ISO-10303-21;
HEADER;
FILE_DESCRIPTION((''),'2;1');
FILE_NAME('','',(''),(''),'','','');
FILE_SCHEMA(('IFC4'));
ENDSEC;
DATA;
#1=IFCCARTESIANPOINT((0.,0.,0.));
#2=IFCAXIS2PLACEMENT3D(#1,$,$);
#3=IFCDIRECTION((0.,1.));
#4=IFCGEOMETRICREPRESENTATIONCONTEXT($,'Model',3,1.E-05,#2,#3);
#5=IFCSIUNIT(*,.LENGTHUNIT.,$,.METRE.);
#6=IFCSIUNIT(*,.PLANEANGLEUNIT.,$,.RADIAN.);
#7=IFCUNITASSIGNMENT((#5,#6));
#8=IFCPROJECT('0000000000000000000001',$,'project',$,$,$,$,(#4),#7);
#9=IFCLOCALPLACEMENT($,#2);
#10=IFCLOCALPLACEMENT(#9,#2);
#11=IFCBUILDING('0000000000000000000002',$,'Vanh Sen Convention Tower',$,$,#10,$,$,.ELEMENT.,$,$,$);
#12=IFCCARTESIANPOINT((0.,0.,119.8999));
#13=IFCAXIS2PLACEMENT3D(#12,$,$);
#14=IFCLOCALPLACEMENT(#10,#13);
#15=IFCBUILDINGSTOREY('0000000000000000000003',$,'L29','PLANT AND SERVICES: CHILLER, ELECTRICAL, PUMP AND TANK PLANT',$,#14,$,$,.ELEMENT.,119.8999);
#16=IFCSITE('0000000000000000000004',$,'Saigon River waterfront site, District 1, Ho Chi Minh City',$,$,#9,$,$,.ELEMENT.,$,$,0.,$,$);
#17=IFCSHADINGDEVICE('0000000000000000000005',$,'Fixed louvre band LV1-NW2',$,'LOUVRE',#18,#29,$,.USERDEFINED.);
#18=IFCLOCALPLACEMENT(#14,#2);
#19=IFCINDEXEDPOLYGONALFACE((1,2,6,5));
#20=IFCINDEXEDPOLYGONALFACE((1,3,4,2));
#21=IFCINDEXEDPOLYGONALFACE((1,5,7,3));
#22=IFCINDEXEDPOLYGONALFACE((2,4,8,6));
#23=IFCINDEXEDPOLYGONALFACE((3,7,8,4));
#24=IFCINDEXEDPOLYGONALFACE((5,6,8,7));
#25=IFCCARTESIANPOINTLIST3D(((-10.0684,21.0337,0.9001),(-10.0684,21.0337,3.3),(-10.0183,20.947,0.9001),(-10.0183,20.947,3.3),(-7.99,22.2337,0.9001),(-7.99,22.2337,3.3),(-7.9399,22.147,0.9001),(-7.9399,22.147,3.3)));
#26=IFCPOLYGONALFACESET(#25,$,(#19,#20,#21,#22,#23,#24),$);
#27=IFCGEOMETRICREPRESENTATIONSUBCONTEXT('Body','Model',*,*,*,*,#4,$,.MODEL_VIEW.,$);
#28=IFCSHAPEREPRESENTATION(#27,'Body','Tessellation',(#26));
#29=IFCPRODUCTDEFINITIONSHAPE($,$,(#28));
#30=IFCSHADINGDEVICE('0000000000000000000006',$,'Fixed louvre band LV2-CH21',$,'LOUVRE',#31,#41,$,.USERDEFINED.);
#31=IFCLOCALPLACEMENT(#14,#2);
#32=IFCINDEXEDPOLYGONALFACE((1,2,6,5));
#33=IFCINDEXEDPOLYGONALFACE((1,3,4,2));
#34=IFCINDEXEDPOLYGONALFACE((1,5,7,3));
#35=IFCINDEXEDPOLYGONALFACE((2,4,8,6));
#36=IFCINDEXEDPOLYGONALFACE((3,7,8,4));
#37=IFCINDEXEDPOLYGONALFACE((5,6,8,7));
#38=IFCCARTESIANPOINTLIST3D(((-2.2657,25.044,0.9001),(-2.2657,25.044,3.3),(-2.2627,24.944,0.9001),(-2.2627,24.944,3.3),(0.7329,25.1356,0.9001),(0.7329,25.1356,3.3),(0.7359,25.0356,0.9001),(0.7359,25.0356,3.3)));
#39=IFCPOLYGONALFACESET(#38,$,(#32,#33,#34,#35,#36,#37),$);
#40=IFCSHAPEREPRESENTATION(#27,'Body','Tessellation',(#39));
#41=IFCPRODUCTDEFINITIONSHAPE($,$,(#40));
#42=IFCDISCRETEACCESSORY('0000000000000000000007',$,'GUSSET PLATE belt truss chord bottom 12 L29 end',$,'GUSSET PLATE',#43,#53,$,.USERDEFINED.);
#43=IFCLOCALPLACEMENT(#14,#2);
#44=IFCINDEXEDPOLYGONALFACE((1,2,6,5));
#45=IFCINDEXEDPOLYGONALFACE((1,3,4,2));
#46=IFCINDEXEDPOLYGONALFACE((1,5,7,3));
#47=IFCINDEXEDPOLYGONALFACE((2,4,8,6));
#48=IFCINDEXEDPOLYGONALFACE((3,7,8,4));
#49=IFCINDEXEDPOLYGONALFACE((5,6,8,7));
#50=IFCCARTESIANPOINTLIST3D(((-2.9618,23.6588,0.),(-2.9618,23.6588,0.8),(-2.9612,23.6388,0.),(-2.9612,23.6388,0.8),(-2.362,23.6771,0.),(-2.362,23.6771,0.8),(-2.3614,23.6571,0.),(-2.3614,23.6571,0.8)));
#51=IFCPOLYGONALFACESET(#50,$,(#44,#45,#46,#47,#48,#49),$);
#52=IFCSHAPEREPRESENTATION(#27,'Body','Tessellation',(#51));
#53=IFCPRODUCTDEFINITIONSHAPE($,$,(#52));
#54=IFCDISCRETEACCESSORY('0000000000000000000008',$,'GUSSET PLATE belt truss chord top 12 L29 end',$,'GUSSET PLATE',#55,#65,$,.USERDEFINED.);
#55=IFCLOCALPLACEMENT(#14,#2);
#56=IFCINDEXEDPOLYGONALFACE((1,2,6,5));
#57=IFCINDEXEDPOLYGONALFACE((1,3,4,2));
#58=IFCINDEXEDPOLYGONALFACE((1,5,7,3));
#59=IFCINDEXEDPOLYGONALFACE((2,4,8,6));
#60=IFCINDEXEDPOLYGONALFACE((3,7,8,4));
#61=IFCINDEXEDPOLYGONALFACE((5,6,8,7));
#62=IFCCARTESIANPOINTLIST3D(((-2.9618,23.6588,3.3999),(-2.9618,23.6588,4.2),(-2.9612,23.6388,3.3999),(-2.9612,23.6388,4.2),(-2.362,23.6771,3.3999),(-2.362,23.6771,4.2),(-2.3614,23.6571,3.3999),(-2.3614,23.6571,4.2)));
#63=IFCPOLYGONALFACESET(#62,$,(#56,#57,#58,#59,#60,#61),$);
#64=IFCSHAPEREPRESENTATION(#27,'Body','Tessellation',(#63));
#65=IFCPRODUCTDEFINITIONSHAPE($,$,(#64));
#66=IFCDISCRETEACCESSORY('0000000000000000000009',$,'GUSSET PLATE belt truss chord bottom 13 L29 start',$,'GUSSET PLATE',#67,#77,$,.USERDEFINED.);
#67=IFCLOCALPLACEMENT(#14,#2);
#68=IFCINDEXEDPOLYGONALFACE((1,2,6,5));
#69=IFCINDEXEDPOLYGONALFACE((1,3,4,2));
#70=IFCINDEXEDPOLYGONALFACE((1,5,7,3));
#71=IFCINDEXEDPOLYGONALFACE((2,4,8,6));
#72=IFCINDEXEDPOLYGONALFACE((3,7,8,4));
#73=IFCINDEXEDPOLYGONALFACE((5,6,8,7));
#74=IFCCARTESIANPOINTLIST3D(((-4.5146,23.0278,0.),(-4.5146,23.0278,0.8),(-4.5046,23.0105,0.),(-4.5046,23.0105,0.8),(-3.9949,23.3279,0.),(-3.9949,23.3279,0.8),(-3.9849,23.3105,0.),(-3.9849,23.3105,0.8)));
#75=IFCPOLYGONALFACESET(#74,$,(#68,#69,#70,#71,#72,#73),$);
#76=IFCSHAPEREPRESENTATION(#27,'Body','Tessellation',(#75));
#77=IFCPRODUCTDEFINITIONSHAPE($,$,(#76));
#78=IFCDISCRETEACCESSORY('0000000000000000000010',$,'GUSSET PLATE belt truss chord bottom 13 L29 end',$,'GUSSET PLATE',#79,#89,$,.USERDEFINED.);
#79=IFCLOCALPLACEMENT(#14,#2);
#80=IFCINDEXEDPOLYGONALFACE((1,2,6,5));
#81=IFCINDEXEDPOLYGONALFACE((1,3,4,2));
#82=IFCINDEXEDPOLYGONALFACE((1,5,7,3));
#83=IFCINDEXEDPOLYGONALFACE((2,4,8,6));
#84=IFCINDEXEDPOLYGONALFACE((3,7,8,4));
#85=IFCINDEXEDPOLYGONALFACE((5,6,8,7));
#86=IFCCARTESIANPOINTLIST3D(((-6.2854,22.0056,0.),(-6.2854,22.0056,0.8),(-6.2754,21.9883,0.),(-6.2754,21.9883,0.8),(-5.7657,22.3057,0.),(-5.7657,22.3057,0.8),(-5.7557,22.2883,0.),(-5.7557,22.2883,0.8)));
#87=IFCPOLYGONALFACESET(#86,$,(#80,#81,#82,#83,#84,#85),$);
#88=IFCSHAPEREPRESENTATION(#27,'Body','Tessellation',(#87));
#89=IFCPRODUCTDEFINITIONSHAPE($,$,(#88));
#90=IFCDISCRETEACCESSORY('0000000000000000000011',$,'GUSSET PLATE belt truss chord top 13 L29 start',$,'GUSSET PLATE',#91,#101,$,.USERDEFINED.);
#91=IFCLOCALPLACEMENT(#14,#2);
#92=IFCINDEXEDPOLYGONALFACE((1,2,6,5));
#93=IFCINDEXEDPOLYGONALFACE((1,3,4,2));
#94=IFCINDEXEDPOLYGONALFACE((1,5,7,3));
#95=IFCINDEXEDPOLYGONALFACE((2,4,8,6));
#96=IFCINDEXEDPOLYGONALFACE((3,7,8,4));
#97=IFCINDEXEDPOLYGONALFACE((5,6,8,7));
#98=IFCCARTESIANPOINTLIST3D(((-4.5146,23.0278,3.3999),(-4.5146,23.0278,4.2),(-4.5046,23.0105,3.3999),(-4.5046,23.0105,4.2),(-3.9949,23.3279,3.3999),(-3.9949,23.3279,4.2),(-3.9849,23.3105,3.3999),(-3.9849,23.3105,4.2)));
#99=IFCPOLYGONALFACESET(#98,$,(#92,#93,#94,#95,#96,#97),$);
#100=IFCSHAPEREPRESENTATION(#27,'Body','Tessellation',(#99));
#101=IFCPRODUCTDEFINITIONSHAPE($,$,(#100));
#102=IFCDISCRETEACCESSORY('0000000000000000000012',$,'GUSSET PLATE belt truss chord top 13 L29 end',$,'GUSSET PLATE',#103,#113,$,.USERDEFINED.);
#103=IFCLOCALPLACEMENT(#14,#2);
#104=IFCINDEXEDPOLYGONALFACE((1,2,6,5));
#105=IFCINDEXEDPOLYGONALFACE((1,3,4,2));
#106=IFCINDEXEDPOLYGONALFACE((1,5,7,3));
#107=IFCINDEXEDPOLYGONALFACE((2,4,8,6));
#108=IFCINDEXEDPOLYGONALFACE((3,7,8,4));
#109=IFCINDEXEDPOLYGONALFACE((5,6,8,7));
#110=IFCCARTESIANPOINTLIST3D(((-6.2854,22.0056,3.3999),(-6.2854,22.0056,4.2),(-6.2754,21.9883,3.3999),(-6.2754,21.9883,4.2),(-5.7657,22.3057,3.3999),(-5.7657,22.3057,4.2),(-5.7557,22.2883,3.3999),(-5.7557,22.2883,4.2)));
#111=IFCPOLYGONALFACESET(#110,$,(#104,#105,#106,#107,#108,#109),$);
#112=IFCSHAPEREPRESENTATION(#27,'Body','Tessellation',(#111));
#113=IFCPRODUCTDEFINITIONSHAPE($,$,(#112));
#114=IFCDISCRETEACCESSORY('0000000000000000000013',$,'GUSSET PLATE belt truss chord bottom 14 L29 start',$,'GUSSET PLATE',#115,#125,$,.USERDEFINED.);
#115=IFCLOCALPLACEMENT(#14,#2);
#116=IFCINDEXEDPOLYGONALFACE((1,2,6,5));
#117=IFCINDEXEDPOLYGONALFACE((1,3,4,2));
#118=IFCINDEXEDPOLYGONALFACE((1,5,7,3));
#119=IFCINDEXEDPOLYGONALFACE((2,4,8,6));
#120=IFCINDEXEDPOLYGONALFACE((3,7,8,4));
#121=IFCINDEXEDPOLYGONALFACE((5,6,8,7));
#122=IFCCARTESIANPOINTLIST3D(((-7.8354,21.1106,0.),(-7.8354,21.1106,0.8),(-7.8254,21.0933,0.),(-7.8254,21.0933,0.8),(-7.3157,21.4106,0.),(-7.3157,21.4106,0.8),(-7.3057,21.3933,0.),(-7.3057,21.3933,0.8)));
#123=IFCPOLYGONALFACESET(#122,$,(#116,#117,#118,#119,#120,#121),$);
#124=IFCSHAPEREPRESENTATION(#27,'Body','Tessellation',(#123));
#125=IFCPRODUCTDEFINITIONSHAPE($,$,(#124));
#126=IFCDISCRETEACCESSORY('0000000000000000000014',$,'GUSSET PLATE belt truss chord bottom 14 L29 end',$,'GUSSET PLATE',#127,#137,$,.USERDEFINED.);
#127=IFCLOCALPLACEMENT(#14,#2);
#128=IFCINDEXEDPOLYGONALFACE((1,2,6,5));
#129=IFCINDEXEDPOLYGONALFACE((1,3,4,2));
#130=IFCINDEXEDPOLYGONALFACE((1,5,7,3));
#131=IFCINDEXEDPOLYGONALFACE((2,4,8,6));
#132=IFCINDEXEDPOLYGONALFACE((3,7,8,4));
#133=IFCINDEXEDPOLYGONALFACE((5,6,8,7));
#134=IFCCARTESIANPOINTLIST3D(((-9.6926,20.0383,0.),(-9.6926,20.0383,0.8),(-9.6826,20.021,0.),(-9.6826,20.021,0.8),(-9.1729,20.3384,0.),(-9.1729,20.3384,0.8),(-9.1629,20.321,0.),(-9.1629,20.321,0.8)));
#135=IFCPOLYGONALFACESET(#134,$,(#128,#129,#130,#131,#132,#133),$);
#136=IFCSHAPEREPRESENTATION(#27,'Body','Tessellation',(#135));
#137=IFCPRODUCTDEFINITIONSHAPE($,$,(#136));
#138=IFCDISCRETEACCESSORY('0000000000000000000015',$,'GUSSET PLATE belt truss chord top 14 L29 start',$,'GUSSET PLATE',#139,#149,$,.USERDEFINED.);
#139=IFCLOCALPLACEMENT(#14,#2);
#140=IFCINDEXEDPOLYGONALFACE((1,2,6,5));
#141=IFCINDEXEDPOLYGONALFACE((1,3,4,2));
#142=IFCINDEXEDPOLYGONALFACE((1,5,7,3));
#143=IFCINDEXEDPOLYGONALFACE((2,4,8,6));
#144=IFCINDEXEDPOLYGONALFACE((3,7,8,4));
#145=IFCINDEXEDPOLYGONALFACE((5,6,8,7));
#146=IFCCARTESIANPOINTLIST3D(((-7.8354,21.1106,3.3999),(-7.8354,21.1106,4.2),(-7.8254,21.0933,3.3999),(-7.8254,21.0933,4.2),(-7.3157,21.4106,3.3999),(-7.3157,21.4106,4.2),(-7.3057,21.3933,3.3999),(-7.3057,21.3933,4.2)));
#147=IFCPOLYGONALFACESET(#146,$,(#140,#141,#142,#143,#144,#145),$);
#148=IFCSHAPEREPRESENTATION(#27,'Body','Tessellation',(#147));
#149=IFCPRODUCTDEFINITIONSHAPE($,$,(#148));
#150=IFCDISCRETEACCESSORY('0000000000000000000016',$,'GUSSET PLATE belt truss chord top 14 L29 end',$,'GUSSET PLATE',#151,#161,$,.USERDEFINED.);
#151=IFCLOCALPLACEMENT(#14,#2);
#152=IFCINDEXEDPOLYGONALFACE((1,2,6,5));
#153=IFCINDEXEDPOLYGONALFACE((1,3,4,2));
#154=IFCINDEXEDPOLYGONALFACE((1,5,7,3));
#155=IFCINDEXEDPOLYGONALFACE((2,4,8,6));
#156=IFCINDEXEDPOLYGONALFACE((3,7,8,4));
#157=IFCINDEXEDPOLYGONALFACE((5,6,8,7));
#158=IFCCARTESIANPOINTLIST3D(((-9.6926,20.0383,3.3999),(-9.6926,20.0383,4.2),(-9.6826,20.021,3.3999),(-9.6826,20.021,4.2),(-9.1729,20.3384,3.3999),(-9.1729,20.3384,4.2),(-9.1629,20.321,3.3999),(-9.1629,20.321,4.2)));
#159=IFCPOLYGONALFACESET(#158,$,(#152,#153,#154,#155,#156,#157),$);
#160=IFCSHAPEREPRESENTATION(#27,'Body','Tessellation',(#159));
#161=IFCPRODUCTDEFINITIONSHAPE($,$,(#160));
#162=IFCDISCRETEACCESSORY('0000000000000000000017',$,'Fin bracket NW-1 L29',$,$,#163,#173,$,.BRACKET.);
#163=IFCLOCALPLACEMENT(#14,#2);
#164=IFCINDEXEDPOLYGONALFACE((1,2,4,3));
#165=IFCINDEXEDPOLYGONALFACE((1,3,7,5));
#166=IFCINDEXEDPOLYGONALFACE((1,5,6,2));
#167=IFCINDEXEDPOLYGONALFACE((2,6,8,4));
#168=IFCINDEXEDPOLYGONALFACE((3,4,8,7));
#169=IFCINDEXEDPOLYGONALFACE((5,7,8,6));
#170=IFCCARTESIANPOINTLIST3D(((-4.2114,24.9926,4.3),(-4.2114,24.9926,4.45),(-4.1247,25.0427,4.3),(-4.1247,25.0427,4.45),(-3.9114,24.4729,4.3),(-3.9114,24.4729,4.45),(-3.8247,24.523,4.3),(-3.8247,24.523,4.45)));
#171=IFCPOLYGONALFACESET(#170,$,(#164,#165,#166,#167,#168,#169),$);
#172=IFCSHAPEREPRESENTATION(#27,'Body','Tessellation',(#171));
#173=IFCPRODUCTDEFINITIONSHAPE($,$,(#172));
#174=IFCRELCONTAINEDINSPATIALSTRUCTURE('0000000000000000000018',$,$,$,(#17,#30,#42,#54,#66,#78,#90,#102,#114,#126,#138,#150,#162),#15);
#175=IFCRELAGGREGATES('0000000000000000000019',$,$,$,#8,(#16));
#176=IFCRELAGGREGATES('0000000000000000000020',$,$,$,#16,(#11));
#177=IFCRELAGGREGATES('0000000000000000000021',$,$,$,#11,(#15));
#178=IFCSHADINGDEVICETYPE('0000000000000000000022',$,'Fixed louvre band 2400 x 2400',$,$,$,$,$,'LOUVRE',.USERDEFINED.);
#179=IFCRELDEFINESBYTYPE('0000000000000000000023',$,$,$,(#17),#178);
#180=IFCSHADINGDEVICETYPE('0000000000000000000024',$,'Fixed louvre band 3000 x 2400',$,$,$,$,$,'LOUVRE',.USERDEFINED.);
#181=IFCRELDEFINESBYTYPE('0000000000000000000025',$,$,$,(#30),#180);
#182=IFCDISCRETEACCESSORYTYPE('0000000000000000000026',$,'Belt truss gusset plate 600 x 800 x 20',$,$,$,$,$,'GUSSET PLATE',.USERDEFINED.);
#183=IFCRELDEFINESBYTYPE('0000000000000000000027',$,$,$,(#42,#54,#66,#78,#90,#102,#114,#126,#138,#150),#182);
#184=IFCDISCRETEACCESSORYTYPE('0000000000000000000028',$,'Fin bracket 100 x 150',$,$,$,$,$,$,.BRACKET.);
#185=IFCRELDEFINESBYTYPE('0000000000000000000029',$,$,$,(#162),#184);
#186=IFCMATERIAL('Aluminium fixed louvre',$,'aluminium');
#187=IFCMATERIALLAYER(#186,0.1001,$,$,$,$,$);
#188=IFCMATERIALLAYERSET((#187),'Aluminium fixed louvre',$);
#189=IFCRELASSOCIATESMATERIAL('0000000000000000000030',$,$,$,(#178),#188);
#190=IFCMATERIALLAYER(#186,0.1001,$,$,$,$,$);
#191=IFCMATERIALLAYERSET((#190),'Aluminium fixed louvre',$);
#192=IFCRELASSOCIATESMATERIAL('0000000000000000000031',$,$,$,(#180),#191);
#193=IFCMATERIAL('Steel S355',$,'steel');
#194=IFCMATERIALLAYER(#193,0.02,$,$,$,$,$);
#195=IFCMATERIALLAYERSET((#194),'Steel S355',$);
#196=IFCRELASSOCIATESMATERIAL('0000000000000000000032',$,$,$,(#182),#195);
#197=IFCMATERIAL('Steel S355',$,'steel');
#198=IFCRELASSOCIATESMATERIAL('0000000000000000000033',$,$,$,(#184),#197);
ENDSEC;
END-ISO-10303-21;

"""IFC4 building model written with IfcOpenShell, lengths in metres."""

from ifc_helpers import new_model, si_unit, direction, frame, origin, origin_2d, place, context, subcontext, project, spatial, rectangle, extrude, material, layer, layer_set, type_object, element, save


model = new_model("IFC4")

# Units and contexts
model_context = context("Model", 3, precision=1e-05, world=origin(), true_north=direction((0.0, 1.0)))
body_context = subcontext(model_context, "Body", "Model", "MODEL_VIEW")
ifc_project = project(units=[si_unit("LENGTHUNIT", "METRE"), si_unit("PLANEANGLEUNIT", "RADIAN")], contexts=[model_context])

# Site, building, storey
site_placement = place(None, origin())
site = spatial("IfcSite", under=ifc_project, at=site_placement, Name="Saigon River waterfront site, District 1, Ho Chi Minh City", CompositionType="ELEMENT", RefElevation=0.0)
building_placement = place(site_placement, origin())
building = spatial("IfcBuilding", under=site, at=building_placement, Name="Vanh Sen Convention Tower", CompositionType="ELEMENT")
storey_placement = place(building_placement, frame((0.0, 0.0, 119.8999)))
storey = spatial("IfcBuildingStorey", under=building, at=storey_placement, Name="L29", Description="PLANT AND SERVICES: CHILLER, ELECTRICAL, PUMP AND TANK PLANT", CompositionType="ELEMENT", Elevation=119.8999)

# Shared definitions
ifc_material_1 = material(Name="Steel S355", Category="steel")

# Shading devices
ifc_material_2 = material(Name="Aluminium fixed louvre", Category="aluminium")
ifc_layer_1 = layer(ifc_material_2, 0.1001)
ifc_layer_set_1 = layer_set([ifc_layer_1], Name="Aluminium fixed louvre")
shading_device_type_1 = type_object("IfcShadingDeviceType", Name="Fixed louvre band 2400 x 2400", ElementType="LOUVRE", PredefinedType="USERDEFINED", material=ifc_layer_set_1)
for number, where, z_axis, x_axis, name in (
    (1, (-9.0042, 21.5903, 0.9001), (0.0, 0.0, 1.0), (-0.866025, -0.500002, 0.0), "Fixed louvre band LV1-NW2"),
):
    element("IfcShadingDevice", number, at=place(storey_placement, frame(where, z_axis=z_axis, x_axis=x_axis)), inside=storey, type_object=shading_device_type_1, Name=name, ObjectType="LOUVRE", PredefinedType="USERDEFINED", context=body_context, shape_type="SweptSolid", body=[
        extrude(rectangle(XDim=2.3999, YDim=0.1001, at=origin_2d()), origin(), (0.0, 0.0, 1.0), 2.3999),
    ])
ifc_layer_2 = layer(ifc_material_2, 0.1001)
ifc_layer_set_2 = layer_set([ifc_layer_2], Name="Aluminium fixed louvre")
shading_device_type_2 = type_object("IfcShadingDeviceType", Name="Fixed louvre band 3000 x 2400", ElementType="LOUVRE", PredefinedType="USERDEFINED", material=ifc_layer_set_2)
shading_device_placement = place(storey_placement, frame((-0.7649, 25.0398, 0.9001), z_axis=(0.0, 0.0, 1.0), x_axis=(-0.999533, -0.030545, 0.0)))
element("IfcShadingDevice", 2, at=shading_device_placement, inside=storey, type_object=shading_device_type_2, Name="Fixed louvre band LV2-CH21", ObjectType="LOUVRE", PredefinedType="USERDEFINED", context=body_context, shape_type="SweptSolid", body=[
    extrude(rectangle(XDim=3.0, YDim=0.1001, at=origin_2d()), origin(), (0.0, 0.0, 1.0), 2.3999),
])

# Discrete accessories
ifc_layer_3 = layer(ifc_material_1, 0.02)
ifc_layer_set_3 = layer_set([ifc_layer_3], Name="Steel S355")
discrete_accessory_type_1 = type_object("IfcDiscreteAccessoryType", Name="Belt truss gusset plate 600 x 800 x 20", ElementType="GUSSET PLATE", PredefinedType="USERDEFINED", material=ifc_layer_set_3)
for number, where, z_axis, x_axis, name in (
    (3, (-2.6616, 23.658, 0.0), (0.0, 0.0, 1.0), (0.999534, 0.030537, 0.0), "GUSSET PLATE belt truss chord bottom 12 L29 end"),
    (4, (-2.6616, 23.658, 3.3999), (0.0, 0.0, 1.0), (0.999534, 0.030537, 0.0), "GUSSET PLATE belt truss chord top 12 L29 end"),
    (5, (-4.2498, 23.1692, 0.0), (0.0, 0.0, 1.0), (-0.866028, -0.499995, 0.0), "GUSSET PLATE belt truss chord bottom 13 L29 start"),
    (6, (-6.0205, 22.147, 0.0), (0.0, 0.0, 1.0), (0.866028, 0.499995, 0.0), "GUSSET PLATE belt truss chord bottom 13 L29 end"),
    (7, (-4.2498, 23.1692, 3.3999), (0.0, 0.0, 1.0), (-0.866028, -0.499995, 0.0), "GUSSET PLATE belt truss chord top 13 L29 start"),
    (8, (-6.0205, 22.147, 3.3999), (0.0, 0.0, 1.0), (0.866028, 0.499995, 0.0), "GUSSET PLATE belt truss chord top 13 L29 end"),
    (9, (-7.5706, 21.252, 0.0), (0.0, 0.0, 1.0), (-0.866021, -0.500008, 0.0), "GUSSET PLATE belt truss chord bottom 14 L29 start"),
    (10, (-9.4277, 20.1797, 0.0), (0.0, 0.0, 1.0), (0.866021, 0.500008, 0.0), "GUSSET PLATE belt truss chord bottom 14 L29 end"),
    (11, (-7.5706, 21.252, 3.3999), (0.0, 0.0, 1.0), (-0.866021, -0.500008, 0.0), "GUSSET PLATE belt truss chord top 14 L29 start"),
    (12, (-9.4277, 20.1797, 3.3999), (0.0, 0.0, 1.0), (0.866021, 0.500008, 0.0), "GUSSET PLATE belt truss chord top 14 L29 end"),
):
    element("IfcDiscreteAccessory", number, at=place(storey_placement, frame(where, z_axis=z_axis, x_axis=x_axis)), inside=storey, type_object=discrete_accessory_type_1, Name=name, ObjectType="GUSSET PLATE", PredefinedType="USERDEFINED", context=body_context, shape_type="SweptSolid", body=[
        extrude(rectangle(XDim=0.6001, YDim=0.02, at=origin_2d()), origin(), (0.0, 0.0, 1.0), 0.8),
    ])
ifc_material_3 = material(Name="Steel S355", Category="steel")
discrete_accessory_type_2 = type_object("IfcDiscreteAccessoryType", Name="Fin bracket 100 x 150", PredefinedType="BRACKET", material=ifc_material_3)
discrete_accessory_placement = place(storey_placement, frame((-4.0181, 24.7578, 4.3), z_axis=(0.0, 0.0, 1.0), x_axis=(-0.5, 0.866025, 0.0)))
element("IfcDiscreteAccessory", 13, at=discrete_accessory_placement, inside=storey, type_object=discrete_accessory_type_2, Name="Fin bracket NW-1 L29", PredefinedType="BRACKET", context=body_context, shape_type="SweptSolid", body=[
    extrude(rectangle(XDim=0.6001, YDim=0.1001, at=origin_2d()), origin(), (0.0, 0.0, 1.0), 0.1499),
])

save(model, "model.ifc")
